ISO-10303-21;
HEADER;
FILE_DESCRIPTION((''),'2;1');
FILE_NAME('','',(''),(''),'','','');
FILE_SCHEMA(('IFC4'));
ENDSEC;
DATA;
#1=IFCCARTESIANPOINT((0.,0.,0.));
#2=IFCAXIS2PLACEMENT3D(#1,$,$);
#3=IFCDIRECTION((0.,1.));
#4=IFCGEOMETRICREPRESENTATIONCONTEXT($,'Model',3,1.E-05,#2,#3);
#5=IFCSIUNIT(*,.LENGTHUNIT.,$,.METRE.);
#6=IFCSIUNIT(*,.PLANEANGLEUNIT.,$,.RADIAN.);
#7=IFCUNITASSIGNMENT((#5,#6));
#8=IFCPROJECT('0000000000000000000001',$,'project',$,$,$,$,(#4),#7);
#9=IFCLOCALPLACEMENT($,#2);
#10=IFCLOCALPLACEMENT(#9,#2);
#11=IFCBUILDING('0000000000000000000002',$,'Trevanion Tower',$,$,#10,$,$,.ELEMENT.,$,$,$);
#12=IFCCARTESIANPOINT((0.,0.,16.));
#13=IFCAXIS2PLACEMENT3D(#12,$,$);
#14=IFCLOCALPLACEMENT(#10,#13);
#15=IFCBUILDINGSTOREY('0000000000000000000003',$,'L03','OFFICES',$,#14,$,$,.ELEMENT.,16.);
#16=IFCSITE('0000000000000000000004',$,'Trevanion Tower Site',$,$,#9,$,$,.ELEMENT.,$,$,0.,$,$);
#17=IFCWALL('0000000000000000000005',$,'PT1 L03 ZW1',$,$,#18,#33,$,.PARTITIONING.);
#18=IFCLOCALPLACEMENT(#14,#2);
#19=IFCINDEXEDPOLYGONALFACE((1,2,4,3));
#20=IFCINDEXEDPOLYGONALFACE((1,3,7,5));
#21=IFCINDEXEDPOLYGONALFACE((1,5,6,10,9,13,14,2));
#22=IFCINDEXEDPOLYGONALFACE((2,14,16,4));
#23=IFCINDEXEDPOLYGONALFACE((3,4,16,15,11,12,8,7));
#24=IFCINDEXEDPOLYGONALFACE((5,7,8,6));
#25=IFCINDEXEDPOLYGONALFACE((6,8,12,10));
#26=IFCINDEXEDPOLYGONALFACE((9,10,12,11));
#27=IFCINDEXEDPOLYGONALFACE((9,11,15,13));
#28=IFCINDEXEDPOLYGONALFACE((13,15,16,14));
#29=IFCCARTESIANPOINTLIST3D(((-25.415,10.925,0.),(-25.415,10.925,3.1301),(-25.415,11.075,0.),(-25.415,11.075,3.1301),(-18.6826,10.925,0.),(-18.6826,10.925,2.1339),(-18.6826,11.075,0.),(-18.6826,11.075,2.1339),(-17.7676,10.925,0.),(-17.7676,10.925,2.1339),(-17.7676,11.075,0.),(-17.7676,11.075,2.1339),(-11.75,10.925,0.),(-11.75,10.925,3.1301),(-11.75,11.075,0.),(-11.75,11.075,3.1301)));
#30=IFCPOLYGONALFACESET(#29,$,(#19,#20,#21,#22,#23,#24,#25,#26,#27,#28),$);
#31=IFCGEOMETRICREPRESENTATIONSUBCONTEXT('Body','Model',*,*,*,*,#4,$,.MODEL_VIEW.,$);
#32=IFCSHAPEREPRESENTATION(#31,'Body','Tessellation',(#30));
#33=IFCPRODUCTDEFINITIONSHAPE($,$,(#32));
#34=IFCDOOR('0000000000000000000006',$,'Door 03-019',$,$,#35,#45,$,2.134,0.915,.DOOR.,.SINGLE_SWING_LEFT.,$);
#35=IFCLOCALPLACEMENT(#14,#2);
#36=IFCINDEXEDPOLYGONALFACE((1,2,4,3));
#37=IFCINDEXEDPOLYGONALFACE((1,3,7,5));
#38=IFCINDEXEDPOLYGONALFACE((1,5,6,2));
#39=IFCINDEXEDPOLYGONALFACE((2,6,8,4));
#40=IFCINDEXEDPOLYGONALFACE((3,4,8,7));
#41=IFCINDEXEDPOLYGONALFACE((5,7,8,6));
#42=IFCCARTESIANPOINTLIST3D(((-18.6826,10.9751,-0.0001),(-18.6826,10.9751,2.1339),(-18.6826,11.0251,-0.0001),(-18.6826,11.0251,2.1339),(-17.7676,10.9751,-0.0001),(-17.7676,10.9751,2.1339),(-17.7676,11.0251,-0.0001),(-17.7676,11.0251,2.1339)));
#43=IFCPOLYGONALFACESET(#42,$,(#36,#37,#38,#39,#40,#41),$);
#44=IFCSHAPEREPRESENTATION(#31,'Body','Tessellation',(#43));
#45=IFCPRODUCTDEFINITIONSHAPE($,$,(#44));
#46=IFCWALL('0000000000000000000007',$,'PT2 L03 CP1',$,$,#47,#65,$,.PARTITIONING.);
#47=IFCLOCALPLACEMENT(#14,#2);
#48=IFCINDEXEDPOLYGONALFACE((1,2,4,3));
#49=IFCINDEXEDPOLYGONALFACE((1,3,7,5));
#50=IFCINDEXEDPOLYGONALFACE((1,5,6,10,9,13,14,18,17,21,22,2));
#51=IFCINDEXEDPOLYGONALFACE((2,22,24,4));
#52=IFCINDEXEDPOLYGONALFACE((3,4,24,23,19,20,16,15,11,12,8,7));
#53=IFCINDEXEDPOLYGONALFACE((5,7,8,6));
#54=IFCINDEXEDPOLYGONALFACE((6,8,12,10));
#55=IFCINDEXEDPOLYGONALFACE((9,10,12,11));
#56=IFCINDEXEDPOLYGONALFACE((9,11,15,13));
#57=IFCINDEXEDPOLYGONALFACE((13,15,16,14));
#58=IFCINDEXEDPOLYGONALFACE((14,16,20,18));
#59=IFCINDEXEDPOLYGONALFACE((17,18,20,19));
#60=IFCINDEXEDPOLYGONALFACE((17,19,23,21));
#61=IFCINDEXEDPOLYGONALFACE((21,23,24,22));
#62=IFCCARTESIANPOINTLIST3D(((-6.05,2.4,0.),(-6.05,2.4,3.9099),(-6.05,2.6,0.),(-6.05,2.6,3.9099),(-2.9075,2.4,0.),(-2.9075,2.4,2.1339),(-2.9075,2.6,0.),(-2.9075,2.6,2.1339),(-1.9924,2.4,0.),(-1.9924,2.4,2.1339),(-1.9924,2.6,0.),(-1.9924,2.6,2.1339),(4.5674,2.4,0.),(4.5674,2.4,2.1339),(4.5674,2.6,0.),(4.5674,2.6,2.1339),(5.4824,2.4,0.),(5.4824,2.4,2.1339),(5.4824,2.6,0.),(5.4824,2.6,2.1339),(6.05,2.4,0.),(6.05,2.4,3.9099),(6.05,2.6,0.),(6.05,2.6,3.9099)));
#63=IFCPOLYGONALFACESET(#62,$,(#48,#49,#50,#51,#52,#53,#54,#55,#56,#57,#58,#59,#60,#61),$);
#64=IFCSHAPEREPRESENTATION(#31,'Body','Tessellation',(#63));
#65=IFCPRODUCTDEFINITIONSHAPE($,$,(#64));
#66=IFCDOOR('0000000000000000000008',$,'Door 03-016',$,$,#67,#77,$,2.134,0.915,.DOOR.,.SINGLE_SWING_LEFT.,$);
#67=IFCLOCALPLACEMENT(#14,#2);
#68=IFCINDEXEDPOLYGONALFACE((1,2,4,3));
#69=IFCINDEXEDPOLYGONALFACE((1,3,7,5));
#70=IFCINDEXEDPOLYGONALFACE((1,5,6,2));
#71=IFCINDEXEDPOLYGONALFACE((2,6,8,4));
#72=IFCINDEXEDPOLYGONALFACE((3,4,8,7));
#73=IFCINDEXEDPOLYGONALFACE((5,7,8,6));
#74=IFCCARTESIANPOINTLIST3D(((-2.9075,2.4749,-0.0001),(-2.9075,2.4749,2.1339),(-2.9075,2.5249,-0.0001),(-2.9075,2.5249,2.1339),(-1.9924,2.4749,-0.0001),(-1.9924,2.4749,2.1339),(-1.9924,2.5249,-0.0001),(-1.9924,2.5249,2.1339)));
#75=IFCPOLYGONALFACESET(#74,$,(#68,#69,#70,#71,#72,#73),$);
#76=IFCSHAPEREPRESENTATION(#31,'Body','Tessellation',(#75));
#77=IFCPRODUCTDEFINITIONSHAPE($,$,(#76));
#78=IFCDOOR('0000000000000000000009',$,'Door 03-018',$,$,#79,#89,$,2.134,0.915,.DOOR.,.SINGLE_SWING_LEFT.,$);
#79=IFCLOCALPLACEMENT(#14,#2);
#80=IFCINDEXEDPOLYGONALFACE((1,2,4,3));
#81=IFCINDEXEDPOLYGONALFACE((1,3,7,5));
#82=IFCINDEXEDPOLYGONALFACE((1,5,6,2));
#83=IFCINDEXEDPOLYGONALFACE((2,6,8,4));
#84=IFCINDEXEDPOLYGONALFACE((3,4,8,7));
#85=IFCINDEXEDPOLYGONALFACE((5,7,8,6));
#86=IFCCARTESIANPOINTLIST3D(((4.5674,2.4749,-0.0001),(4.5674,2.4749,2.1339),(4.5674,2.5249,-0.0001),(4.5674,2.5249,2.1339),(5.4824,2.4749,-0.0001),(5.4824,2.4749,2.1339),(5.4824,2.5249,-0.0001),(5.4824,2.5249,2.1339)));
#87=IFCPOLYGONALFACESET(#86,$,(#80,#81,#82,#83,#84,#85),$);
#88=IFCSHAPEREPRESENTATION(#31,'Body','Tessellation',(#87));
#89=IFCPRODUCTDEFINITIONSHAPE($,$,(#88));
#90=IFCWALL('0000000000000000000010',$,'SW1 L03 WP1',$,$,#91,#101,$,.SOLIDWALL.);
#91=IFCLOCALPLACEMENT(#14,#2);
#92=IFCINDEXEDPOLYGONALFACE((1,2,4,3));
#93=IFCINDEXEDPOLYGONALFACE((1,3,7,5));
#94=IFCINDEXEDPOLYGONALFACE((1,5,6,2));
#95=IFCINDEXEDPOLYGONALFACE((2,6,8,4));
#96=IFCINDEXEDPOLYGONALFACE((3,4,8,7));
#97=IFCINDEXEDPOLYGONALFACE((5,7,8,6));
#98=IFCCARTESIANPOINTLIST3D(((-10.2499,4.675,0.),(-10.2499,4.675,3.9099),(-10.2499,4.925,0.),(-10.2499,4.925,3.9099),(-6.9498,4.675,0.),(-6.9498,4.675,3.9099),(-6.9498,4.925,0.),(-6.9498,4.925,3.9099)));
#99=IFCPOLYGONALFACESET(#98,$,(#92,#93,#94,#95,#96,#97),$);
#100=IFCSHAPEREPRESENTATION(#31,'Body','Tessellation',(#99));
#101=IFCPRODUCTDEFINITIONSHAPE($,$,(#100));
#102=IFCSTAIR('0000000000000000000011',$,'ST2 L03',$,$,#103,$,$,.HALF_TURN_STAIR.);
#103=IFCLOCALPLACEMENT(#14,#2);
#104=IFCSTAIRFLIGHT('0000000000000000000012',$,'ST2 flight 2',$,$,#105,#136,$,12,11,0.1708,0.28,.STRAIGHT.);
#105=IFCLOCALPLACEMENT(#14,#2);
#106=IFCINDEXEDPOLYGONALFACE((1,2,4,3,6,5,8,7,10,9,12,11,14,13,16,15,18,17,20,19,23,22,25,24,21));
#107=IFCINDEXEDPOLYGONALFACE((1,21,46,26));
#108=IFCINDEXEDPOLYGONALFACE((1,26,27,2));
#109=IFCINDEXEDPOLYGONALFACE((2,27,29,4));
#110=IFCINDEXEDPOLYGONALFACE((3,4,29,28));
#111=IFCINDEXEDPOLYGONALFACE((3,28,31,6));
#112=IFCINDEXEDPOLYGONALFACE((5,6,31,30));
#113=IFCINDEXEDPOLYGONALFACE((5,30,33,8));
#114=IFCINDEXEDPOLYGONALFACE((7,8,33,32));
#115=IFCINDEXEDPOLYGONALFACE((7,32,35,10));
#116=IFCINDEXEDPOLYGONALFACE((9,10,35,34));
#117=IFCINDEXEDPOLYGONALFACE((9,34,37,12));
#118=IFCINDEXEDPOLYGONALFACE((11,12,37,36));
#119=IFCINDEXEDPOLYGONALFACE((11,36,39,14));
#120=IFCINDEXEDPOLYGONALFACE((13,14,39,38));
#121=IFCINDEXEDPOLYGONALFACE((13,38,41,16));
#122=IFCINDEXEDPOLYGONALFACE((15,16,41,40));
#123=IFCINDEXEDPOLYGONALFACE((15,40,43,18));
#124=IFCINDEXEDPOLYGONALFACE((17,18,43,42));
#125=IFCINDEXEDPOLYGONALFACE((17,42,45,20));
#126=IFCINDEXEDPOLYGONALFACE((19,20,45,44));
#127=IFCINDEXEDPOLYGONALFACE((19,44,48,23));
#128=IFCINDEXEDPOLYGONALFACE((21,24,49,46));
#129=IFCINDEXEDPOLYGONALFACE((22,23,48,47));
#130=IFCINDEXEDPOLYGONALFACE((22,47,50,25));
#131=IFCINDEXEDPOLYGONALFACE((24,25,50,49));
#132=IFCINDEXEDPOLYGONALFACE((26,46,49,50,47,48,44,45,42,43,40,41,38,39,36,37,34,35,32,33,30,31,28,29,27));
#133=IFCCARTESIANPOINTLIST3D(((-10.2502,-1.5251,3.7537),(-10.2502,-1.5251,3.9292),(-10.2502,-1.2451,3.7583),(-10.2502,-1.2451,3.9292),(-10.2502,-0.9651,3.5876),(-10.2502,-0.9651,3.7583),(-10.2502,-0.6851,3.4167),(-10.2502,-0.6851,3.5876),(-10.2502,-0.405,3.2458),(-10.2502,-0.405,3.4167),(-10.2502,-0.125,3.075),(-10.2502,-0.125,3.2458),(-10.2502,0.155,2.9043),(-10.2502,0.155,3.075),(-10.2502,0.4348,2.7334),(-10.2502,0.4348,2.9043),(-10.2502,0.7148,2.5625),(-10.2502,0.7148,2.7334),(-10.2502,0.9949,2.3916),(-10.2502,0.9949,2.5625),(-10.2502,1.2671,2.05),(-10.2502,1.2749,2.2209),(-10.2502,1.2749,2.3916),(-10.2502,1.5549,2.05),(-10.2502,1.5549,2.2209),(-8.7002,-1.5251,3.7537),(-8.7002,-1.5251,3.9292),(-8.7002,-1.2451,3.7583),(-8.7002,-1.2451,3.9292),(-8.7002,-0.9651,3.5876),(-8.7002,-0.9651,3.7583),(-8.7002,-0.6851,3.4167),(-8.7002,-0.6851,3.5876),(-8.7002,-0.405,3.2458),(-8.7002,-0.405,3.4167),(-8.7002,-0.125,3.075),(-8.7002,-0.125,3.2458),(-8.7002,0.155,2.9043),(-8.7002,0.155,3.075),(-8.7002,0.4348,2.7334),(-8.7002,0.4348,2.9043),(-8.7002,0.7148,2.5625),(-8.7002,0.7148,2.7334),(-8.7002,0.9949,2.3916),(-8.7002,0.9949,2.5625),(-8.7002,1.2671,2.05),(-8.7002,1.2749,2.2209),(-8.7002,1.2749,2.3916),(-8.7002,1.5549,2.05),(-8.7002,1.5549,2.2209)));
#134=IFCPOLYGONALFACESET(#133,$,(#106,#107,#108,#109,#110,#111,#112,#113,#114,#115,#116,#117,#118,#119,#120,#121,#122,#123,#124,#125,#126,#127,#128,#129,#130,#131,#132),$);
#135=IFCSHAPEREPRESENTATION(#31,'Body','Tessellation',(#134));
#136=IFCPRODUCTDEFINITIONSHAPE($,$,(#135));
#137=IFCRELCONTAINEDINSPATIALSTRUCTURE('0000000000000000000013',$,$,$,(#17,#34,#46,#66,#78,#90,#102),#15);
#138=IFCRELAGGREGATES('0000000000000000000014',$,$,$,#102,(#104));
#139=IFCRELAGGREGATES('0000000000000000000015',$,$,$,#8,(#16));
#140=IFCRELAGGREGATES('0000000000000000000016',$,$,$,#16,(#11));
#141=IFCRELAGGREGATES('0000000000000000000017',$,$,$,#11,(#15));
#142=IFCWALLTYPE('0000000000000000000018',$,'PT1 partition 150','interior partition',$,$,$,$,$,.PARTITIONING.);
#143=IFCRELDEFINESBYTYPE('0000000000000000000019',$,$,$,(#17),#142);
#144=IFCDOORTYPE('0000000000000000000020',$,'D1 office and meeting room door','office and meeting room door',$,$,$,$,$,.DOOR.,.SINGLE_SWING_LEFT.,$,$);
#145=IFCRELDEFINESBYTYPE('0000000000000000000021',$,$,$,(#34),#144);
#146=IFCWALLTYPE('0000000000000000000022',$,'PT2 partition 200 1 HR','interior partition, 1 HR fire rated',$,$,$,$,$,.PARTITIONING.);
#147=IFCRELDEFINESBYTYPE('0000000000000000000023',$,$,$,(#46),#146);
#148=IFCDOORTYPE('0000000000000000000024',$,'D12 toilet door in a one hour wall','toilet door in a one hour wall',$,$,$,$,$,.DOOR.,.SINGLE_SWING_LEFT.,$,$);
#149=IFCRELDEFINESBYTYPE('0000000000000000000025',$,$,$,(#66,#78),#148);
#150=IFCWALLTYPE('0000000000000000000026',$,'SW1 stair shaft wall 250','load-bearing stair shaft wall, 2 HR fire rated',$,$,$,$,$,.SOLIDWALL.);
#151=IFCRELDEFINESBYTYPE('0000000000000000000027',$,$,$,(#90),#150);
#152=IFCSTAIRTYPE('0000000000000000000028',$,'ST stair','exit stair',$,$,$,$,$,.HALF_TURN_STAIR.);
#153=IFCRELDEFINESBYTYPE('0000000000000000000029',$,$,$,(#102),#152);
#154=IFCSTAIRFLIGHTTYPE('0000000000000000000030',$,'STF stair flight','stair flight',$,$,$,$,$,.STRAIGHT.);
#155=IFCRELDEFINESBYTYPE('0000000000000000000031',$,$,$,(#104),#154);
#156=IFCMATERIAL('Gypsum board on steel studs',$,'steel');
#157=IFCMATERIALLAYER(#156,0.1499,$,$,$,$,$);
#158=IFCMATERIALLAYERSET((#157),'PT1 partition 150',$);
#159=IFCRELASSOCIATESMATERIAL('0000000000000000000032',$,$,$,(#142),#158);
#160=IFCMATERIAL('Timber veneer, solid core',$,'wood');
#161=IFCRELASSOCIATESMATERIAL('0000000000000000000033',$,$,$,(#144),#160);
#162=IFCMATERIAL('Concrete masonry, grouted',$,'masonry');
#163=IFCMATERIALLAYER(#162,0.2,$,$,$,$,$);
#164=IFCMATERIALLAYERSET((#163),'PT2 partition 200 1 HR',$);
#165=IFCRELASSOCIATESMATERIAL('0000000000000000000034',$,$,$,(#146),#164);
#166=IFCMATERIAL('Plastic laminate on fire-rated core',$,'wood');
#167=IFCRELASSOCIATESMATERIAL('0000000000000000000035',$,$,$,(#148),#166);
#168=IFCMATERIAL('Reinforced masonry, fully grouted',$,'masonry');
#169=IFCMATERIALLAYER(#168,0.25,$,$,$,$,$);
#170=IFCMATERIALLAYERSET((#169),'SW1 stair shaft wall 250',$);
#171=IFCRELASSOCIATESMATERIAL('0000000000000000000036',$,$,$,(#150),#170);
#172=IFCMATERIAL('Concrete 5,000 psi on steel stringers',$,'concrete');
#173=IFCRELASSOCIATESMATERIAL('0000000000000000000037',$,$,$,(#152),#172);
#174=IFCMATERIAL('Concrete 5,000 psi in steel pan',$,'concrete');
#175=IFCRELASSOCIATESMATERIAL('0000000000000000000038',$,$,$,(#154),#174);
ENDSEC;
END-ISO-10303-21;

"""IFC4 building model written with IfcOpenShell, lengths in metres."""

from ifc_helpers import new_model, si_unit, direction, frame, frame_2d, origin, place, context, subcontext, project, spatial, polyline, rectangle, outline, extrude, material, layer, layer_set, type_object, element, fill, aggregate, save


model = new_model("IFC4")

# Units and contexts
model_context = context("Model", 3, precision=1e-05, world=origin(), true_north=direction((0.0, 1.0)))
body_context = subcontext(model_context, "Body", "Model", "MODEL_VIEW")
ifc_project = project(units=[si_unit("LENGTHUNIT", "METRE"), si_unit("PLANEANGLEUNIT", "RADIAN")], contexts=[model_context])

# Site, building, storey
site_placement = place(None, origin())
site = spatial("IfcSite", under=ifc_project, at=site_placement, Name="Trevanion Tower Site", CompositionType="ELEMENT", RefElevation=0.0)
building_placement = place(site_placement, origin())
building = spatial("IfcBuilding", under=site, at=building_placement, Name="Trevanion Tower", CompositionType="ELEMENT")
storey_placement = place(building_placement, frame((0.0, 0.0, 16.0)))
storey = spatial("IfcBuildingStorey", under=building, at=storey_placement, Name="L03", Description="OFFICES", CompositionType="ELEMENT", Elevation=16.0)

# Wall, opening, door
ifc_material_1 = material(Name="Gypsum board on steel studs", Category="steel")
ifc_layer_1 = layer(ifc_material_1, 0.1499)
ifc_layer_set_1 = layer_set([ifc_layer_1], Name="PT1 partition 150")
wall_type_1 = type_object("IfcWallType", Name="PT1 partition 150", Description="interior partition", PredefinedType="PARTITIONING", material=ifc_layer_set_1)
wall_1_placement = place(storey_placement, frame((-11.75, 11.0, 0.0), z_axis=(0.0, 0.0, 1.0), x_axis=(-1.0, 0.0, 0.0)))
wall_1 = element("IfcWall", 1, at=wall_1_placement, inside=storey, type_object=wall_type_1, Name="PT1 L03 ZW1", PredefinedType="PARTITIONING", context=body_context, shape_type="SweptSolid", body=[
    extrude(rectangle(XDim=13.665, YDim=0.1499, at=frame_2d((6.8325, 0.0))), origin(), (0.0, 0.0, 1.0), 3.1301),
])
opening_1_placement = place(wall_1_placement, frame((6.0176, 0.0, 0.0)))
opening_1 = element("IfcOpeningElement", 2, at=opening_1_placement, cuts=wall_1, PredefinedType="OPENING", context=body_context, shape_type="SweptSolid", body=[
    extrude(rectangle(XDim=0.915, YDim=2.134, at=frame_2d((0.4575, 1.0669))), frame((0.0, 0.085, 0.0), z_axis=(0.0, -1.0, 0.0), x_axis=(1.0, 0.0, 0.0)), (0.0, 0.0, 1.0), 0.1699),
])
ifc_material_2 = material(Name="Timber veneer, solid core", Category="wood")
door_type_1 = type_object("IfcDoorType", Name="D1 office and meeting room door", Description="office and meeting room door", OperationType="SINGLE_SWING_LEFT", PredefinedType="DOOR", material=ifc_material_2)
door_1_placement = place(opening_1_placement, origin())
door_1 = element("IfcDoor", 3, at=door_1_placement, inside=storey, type_object=door_type_1, Name="Door 03-019", OperationType="SINGLE_SWING_LEFT", OverallHeight=2.134, OverallWidth=0.915, PredefinedType="DOOR", context=body_context, shape_type="SweptSolid", body=[
    extrude(rectangle(XDim=0.915, YDim=2.134, at=frame_2d((0.4575, 1.0669))), frame((0.0, 0.0249, 0.0), z_axis=(0.0, -1.0, 0.0), x_axis=(1.0, 0.0, 0.0)), (0.0, 0.0, 1.0), 0.05),
])
fill(opening_1, door_1)

# Wall, openings, doors
ifc_material_3 = material(Name="Concrete masonry, grouted", Category="masonry")
ifc_layer_2 = layer(ifc_material_3, 0.2)
ifc_layer_set_2 = layer_set([ifc_layer_2], Name="PT2 partition 200 1 HR")
wall_type_2 = type_object("IfcWallType", Name="PT2 partition 200 1 HR", Description="interior partition, 1 HR fire rated", PredefinedType="PARTITIONING", material=ifc_layer_set_2)
wall_2_placement = place(storey_placement, frame((-6.05, 2.5, 0.0), z_axis=(0.0, 0.0, 1.0), x_axis=(1.0, 0.0, 0.0)))
wall_2 = element("IfcWall", 4, at=wall_2_placement, inside=storey, type_object=wall_type_2, Name="PT2 L03 CP1", PredefinedType="PARTITIONING", context=body_context, shape_type="SweptSolid", body=[
    extrude(rectangle(XDim=12.1001, YDim=0.2, at=frame_2d((6.05, 0.0))), origin(), (0.0, 0.0, 1.0), 3.9099),
])
opening_2_placement = place(wall_2_placement, frame((3.1426, 0.0, 0.0)))
opening_2 = element("IfcOpeningElement", 5, at=opening_2_placement, cuts=wall_2, PredefinedType="OPENING", context=body_context, shape_type="SweptSolid", body=[
    extrude(rectangle(XDim=0.915, YDim=2.134, at=frame_2d((0.4575, 1.0669))), frame((0.0, 0.1099, 0.0), z_axis=(0.0, -1.0, 0.0), x_axis=(1.0, 0.0, 0.0)), (0.0, 0.0, 1.0), 0.22),
])
opening_3_placement = place(wall_2_placement, frame((10.6174, 0.0, 0.0)))
opening_3 = element("IfcOpeningElement", 6, at=opening_3_placement, cuts=wall_2, PredefinedType="OPENING", context=body_context, shape_type="SweptSolid", body=[
    extrude(rectangle(XDim=0.915, YDim=2.134, at=frame_2d((0.4575, 1.0669))), frame((0.0, 0.1099, 0.0), z_axis=(0.0, -1.0, 0.0), x_axis=(1.0, 0.0, 0.0)), (0.0, 0.0, 1.0), 0.22),
])
ifc_material_4 = material(Name="Plastic laminate on fire-rated core", Category="wood")
door_type_2 = type_object("IfcDoorType", Name="D12 toilet door in a one hour wall", Description="toilet door in a one hour wall", OperationType="SINGLE_SWING_LEFT", PredefinedType="DOOR", material=ifc_material_4)
door_2_placement = place(opening_2_placement, origin())
door_2 = element("IfcDoor", 7, at=door_2_placement, inside=storey, type_object=door_type_2, Name="Door 03-016", OperationType="SINGLE_SWING_LEFT", OverallHeight=2.134, OverallWidth=0.915, PredefinedType="DOOR", context=body_context, shape_type="SweptSolid", body=[
    extrude(rectangle(XDim=0.915, YDim=2.134, at=frame_2d((0.4575, 1.0669))), frame((0.0, 0.0249, 0.0), z_axis=(0.0, -1.0, 0.0), x_axis=(1.0, 0.0, 0.0)), (0.0, 0.0, 1.0), 0.05),
])
fill(opening_2, door_2)
door_3_placement = place(opening_3_placement, origin())
door_3 = element("IfcDoor", 8, at=door_3_placement, inside=storey, type_object=door_type_2, Name="Door 03-018", OperationType="SINGLE_SWING_LEFT", OverallHeight=2.134, OverallWidth=0.915, PredefinedType="DOOR", context=body_context, shape_type="SweptSolid", body=[
    extrude(rectangle(XDim=0.915, YDim=2.134, at=frame_2d((0.4575, 1.0669))), frame((0.0, 0.0249, 0.0), z_axis=(0.0, -1.0, 0.0), x_axis=(1.0, 0.0, 0.0)), (0.0, 0.0, 1.0), 0.05),
])
fill(opening_3, door_3)

# Wall
ifc_material_5 = material(Name="Reinforced masonry, fully grouted", Category="masonry")
ifc_layer_3 = layer(ifc_material_5, 0.25)
ifc_layer_set_3 = layer_set([ifc_layer_3], Name="SW1 stair shaft wall 250")
wall_type_3 = type_object("IfcWallType", Name="SW1 stair shaft wall 250", Description="load-bearing stair shaft wall, 2 HR fire rated", PredefinedType="SOLIDWALL", material=ifc_layer_set_3)
wall_3_placement = place(storey_placement, frame((-6.95, 4.8, 0.0), z_axis=(0.0, 0.0, 1.0), x_axis=(-1.0, 0.0, 0.0)))
element("IfcWall", 9, at=wall_3_placement, inside=storey, type_object=wall_type_3, Name="SW1 L03 WP1", PredefinedType="SOLIDWALL", context=body_context, shape_type="SweptSolid", body=[
    extrude(rectangle(XDim=3.3, YDim=0.25, at=frame_2d((1.6499, 0.0))), origin(), (0.0, 0.0, 1.0), 3.9099),
])

# Stair, stair flight
ifc_material_6 = material(Name="Concrete 5,000 psi on steel stringers", Category="concrete")
stair_type = type_object("IfcStairType", Name="ST stair", Description="exit stair", PredefinedType="HALF_TURN_STAIR", material=ifc_material_6)
stair_placement = place(storey_placement, origin())
stair = element("IfcStair", 10, at=stair_placement, inside=storey, type_object=stair_type, Name="ST2 L03", PredefinedType="HALF_TURN_STAIR")
ifc_material_7 = material(Name="Concrete 5,000 psi in steel pan", Category="concrete")
stair_flight_type = type_object("IfcStairFlightType", Name="STF stair flight", Description="stair flight", PredefinedType="STRAIGHT", material=ifc_material_7)
stair_flight_placement = place(storey_placement, frame((-9.4751, 1.5549, 2.05), z_axis=(0.0, 0.0, 1.0), x_axis=(0.0, -1.0, 0.0)))
stair_flight = element("IfcStairFlight", 11, at=stair_flight_placement, type_object=stair_flight_type, Name="ST2 flight 2", NumberOfRisers=12, NumberOfTreads=11, PredefinedType="STRAIGHT", RiserHeight=0.1708, TreadLength=0.28, context=body_context, shape_type="SweptSolid", body=[
    extrude(outline(polyline([(0.0, 0.0), (0.0, 0.1709), (0.28, 0.1709), (0.28, 0.3416), (0.5601, 0.3416), (0.5601, 0.5125), (0.8401, 0.5125), (0.8401, 0.6833), (1.1201, 0.6833), (1.1201, 0.8542), (1.3999, 0.8542), (1.3999, 1.0249), (1.6799, 1.0249), (1.6799, 1.1958), (1.96, 1.1958), (1.96, 1.3667), (2.24, 1.3667), (2.24, 1.5376), (2.52, 1.5376), (2.52, 1.7083), (2.8, 1.7083), (2.8, 1.8792), (3.0801, 1.8792), (3.0801, 2.05), (3.0801, 1.7036), (0.2878, 0.0), (0.0, 0.0)])), frame((0.0, 0.7749, 0.0), z_axis=(0.0, -1.0, 0.0), x_axis=(1.0, 0.0, 0.0)), (0.0, 0.0, 1.0), 1.55),
])
aggregate(stair, [stair_flight])

save(model, "model.ifc")
